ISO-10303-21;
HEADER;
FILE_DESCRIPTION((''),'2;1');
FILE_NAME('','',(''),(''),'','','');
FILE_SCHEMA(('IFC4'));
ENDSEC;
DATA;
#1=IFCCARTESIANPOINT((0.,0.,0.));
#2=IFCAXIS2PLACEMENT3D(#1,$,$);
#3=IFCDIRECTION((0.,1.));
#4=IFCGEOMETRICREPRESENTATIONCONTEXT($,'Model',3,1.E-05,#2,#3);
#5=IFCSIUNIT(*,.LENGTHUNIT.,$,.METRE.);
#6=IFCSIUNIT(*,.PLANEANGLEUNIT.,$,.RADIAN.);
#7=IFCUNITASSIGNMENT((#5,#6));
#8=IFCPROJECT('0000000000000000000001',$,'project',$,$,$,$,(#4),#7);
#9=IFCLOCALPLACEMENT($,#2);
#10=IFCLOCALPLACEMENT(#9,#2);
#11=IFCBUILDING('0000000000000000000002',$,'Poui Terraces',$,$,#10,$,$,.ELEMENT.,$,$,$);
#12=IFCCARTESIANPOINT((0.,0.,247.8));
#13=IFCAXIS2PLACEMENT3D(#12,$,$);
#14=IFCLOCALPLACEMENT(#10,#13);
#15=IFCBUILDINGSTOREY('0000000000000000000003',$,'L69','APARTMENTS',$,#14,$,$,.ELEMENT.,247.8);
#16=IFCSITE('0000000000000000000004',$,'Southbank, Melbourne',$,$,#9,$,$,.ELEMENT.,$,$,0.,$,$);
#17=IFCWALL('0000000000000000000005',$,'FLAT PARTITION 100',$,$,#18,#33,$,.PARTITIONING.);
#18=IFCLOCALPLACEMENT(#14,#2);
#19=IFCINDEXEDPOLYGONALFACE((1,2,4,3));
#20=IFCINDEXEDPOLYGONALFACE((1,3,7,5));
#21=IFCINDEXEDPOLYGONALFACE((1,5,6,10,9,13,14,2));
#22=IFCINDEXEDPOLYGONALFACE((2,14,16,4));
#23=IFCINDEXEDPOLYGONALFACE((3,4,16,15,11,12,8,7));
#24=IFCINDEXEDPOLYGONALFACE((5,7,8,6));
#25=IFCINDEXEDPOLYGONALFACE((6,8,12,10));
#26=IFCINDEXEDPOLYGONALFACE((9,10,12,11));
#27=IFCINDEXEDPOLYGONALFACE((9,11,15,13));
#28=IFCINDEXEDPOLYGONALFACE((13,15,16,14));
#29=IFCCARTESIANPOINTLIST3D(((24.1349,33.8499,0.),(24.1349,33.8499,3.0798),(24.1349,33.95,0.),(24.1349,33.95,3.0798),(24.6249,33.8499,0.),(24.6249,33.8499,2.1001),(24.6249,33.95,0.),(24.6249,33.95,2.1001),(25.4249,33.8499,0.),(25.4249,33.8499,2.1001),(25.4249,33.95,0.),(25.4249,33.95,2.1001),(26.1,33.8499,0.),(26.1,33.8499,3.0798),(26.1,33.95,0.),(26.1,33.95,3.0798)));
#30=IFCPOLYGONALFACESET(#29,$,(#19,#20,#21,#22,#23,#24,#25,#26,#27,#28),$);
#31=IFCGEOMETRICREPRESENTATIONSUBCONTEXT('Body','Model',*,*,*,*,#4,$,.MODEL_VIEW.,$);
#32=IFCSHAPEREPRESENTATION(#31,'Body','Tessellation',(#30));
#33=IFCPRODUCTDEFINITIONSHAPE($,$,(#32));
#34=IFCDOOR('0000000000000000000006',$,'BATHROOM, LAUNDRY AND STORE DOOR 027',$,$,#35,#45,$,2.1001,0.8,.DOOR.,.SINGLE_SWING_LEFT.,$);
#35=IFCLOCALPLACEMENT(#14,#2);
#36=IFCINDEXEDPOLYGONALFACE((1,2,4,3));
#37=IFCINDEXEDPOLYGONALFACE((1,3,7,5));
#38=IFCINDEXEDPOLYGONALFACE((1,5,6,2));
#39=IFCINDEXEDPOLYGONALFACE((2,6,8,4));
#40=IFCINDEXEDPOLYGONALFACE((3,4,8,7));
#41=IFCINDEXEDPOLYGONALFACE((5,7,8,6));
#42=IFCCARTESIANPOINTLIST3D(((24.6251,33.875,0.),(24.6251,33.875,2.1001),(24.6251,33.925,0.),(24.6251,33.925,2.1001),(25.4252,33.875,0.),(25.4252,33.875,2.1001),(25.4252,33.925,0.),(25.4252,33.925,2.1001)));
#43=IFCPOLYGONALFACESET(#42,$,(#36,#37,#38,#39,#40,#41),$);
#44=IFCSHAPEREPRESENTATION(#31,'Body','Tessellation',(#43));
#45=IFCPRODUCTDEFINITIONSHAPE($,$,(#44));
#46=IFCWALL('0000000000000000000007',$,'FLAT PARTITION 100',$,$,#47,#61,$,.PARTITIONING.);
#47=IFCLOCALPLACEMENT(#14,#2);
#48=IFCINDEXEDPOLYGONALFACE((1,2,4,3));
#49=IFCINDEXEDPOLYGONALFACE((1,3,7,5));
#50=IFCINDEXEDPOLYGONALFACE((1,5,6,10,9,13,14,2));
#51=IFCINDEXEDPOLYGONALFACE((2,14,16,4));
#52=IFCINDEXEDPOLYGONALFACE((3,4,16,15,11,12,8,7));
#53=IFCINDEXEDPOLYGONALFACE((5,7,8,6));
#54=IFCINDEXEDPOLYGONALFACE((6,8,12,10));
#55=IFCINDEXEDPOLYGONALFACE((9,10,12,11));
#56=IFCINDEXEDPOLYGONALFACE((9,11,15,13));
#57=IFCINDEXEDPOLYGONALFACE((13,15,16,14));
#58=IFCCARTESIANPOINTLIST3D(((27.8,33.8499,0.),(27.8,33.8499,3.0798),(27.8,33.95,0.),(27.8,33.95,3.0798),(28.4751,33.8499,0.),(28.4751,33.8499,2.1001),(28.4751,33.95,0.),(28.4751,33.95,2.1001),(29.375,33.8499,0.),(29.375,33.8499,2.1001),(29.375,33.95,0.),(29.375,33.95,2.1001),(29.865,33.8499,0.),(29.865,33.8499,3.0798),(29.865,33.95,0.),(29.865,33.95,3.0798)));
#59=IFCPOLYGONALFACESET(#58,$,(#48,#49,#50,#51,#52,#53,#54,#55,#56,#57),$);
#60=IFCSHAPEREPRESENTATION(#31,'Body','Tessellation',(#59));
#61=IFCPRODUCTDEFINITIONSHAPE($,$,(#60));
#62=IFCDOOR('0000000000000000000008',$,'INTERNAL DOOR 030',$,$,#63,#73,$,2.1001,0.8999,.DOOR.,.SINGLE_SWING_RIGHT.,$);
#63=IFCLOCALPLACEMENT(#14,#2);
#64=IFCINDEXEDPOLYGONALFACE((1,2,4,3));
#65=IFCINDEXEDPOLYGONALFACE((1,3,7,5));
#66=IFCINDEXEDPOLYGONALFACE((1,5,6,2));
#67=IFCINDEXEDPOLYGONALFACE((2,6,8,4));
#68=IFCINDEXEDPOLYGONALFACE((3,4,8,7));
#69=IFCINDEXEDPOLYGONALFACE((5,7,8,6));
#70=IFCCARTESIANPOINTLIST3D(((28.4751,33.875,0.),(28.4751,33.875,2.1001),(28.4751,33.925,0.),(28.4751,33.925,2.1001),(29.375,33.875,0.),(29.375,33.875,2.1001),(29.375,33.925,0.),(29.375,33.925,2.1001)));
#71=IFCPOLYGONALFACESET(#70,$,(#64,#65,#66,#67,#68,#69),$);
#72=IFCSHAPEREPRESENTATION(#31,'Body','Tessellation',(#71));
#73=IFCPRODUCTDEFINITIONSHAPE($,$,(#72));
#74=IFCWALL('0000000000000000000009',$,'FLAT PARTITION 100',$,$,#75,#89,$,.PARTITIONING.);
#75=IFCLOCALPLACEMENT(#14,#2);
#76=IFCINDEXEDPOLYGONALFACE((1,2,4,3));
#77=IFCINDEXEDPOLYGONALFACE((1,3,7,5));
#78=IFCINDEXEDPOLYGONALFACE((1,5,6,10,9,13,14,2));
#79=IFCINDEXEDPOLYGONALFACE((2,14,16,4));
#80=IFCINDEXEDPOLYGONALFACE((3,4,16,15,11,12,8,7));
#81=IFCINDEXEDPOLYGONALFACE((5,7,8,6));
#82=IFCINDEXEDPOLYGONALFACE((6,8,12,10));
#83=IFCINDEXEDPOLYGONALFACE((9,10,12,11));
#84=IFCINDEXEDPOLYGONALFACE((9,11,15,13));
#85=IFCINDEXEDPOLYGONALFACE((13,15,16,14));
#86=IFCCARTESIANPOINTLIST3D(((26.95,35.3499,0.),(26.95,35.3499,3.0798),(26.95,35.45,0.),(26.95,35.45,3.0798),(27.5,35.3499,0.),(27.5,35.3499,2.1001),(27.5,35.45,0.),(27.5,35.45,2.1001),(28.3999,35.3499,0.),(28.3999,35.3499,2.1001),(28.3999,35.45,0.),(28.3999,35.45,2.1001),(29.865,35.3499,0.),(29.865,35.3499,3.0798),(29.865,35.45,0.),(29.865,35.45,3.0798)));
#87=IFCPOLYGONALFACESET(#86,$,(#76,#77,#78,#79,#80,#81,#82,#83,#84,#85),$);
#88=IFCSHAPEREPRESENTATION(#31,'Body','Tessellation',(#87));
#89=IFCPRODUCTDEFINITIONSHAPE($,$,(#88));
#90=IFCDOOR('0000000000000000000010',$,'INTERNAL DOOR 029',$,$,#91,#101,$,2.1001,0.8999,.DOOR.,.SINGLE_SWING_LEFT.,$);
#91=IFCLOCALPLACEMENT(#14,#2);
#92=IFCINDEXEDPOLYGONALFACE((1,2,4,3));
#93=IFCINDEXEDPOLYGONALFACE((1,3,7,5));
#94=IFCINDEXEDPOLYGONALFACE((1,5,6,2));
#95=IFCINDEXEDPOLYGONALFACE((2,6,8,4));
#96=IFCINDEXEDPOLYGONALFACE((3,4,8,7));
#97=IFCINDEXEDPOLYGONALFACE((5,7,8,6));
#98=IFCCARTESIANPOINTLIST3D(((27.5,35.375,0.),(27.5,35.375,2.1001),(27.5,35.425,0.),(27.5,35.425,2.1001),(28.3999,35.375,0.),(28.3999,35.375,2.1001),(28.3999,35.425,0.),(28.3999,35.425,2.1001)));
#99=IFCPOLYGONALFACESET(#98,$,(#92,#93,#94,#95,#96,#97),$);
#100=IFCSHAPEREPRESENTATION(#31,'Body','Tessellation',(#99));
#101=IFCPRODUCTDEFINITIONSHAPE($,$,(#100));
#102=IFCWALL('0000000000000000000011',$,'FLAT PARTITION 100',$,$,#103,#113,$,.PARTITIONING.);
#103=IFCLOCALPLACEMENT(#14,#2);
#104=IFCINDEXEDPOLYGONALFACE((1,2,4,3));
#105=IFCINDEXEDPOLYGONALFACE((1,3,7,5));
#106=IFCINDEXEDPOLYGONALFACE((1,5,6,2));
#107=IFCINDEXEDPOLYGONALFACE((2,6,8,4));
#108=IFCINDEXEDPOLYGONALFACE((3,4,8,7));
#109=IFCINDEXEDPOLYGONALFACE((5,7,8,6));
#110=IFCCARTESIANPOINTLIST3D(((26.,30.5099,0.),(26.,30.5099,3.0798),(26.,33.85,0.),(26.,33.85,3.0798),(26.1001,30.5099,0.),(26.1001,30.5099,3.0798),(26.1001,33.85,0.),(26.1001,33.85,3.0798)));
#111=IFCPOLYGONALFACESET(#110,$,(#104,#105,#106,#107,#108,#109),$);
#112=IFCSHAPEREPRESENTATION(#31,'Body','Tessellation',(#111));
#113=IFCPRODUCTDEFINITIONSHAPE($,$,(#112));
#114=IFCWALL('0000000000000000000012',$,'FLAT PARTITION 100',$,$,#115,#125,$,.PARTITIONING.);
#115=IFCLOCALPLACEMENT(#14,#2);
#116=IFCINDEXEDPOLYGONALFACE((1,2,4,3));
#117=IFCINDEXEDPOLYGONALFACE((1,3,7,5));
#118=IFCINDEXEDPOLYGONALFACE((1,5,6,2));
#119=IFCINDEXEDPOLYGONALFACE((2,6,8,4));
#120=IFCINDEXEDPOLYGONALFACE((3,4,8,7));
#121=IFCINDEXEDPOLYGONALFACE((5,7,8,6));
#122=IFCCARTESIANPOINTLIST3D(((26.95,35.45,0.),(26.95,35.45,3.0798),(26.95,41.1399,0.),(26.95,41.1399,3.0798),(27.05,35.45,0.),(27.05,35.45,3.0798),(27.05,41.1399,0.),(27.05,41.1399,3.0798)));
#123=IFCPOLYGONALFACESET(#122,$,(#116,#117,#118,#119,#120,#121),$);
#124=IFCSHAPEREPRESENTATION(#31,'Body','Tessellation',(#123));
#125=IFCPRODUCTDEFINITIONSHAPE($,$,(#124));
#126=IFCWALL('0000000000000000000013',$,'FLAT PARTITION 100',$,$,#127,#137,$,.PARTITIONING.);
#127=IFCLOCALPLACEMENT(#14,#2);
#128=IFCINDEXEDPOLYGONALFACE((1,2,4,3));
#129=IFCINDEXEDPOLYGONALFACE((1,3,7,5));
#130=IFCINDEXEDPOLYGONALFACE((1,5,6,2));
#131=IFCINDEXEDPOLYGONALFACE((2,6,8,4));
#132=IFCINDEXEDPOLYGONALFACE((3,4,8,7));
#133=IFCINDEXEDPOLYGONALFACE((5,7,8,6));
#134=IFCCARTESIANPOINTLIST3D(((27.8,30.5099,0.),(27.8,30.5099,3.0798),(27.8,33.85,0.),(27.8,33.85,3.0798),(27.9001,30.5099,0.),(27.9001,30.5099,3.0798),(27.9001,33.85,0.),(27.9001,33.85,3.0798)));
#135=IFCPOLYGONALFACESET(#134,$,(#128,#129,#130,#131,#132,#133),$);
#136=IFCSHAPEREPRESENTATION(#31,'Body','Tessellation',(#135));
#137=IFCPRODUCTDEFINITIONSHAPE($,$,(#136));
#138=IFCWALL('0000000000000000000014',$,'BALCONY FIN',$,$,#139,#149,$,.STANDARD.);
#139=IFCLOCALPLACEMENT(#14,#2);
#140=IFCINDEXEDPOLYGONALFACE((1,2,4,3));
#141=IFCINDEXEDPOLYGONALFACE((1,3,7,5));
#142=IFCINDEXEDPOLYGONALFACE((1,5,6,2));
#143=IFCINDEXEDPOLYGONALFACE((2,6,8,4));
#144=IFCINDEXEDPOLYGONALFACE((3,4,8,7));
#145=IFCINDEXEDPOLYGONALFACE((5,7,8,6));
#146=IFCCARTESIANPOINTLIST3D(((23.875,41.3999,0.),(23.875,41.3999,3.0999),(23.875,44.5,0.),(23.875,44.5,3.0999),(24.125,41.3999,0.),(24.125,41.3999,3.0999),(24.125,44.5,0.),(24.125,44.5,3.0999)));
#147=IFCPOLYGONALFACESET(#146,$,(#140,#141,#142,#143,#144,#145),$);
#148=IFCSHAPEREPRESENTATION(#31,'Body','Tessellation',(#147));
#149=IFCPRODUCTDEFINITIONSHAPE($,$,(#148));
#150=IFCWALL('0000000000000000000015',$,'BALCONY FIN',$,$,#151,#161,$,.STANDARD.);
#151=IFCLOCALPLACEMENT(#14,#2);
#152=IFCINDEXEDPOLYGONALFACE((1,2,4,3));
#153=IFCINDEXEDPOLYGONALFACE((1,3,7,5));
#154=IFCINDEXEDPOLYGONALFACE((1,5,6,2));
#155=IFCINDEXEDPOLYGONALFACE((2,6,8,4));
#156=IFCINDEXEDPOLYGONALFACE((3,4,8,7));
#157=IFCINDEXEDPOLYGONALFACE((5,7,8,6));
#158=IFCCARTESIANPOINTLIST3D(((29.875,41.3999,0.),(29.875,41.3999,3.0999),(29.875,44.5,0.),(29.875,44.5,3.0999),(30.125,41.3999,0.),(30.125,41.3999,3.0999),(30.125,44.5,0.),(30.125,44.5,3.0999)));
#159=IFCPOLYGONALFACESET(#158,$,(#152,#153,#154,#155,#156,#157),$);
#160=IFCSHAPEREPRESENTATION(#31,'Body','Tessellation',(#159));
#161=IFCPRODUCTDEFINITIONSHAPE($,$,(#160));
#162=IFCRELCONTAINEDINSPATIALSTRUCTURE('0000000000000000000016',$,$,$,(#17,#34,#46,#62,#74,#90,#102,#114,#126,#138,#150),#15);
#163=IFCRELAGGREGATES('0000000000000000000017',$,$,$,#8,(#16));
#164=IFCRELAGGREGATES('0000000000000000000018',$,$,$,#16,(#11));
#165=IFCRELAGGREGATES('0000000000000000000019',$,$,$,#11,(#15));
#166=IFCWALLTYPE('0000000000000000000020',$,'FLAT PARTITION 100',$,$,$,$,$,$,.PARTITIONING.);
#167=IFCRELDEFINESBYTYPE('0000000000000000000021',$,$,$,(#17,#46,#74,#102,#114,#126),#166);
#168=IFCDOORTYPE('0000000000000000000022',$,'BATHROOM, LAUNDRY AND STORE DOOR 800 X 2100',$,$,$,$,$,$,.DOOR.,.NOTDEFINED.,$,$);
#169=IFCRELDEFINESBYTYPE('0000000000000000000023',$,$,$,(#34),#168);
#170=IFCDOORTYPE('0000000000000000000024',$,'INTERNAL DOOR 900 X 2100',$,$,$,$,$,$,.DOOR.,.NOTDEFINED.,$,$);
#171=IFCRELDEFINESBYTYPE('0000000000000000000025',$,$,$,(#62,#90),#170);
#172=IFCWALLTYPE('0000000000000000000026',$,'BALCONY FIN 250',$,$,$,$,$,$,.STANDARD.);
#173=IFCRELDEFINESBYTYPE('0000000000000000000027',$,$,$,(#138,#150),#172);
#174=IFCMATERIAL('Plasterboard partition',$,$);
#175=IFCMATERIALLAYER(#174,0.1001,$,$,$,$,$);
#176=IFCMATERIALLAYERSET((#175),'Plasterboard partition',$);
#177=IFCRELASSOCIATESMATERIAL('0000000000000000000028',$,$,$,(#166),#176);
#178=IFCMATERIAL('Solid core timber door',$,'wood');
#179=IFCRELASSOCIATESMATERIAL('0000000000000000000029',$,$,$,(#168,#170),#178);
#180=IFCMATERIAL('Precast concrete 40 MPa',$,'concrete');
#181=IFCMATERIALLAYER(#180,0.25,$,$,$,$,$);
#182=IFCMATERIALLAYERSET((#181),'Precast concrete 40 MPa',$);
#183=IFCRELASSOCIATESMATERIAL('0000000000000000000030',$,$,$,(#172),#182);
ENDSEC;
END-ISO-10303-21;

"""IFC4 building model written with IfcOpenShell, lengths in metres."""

from ifc_helpers import new_model, si_unit, direction, frame, frame_2d, origin, place, context, subcontext, project, spatial, polyline, rectangle, outline, extrude, source, transform, mapped, material, layer, layer_set, type_object, element, fill, save


model = new_model("IFC4")

# Units and contexts
model_context = context("Model", 3, precision=1e-05, world=origin(), true_north=direction((0.0, 1.0)))
body_context = subcontext(model_context, "Body", "Model", "MODEL_VIEW")
ifc_project = project(units=[si_unit("LENGTHUNIT", "METRE"), si_unit("PLANEANGLEUNIT", "RADIAN")], contexts=[model_context])

# Site, building, storey
site_placement = place(None, origin())
site = spatial("IfcSite", under=ifc_project, at=site_placement, Name="Southbank, Melbourne", CompositionType="ELEMENT", RefElevation=0.0)
building_placement = place(site_placement, origin())
building = spatial("IfcBuilding", under=site, at=building_placement, Name="Poui Terraces", CompositionType="ELEMENT")
storey_placement = place(building_placement, frame((0.0, 0.0, 247.8)))
storey = spatial("IfcBuildingStorey", under=building, at=storey_placement, Name="L69", Description="APARTMENTS", CompositionType="ELEMENT", Elevation=247.8)

# Walls, openings, doors
ifc_material_1 = material(Name="Plasterboard partition")
ifc_layer_1 = layer(ifc_material_1, 0.1001)
ifc_layer_set_1 = layer_set([ifc_layer_1], Name="Plasterboard partition")
wall_type_1 = type_object("IfcWallType", Name="FLAT PARTITION 100", PredefinedType="PARTITIONING", material=ifc_layer_set_1)
wall_1_placement = place(storey_placement, frame((24.135, 33.8999, 0.0), z_axis=(0.0, 0.0, 1.0), x_axis=(1.0, 0.0, 0.0)))
wall_1 = element("IfcWall", 1, at=wall_1_placement, inside=storey, type_object=wall_type_1, Name="FLAT PARTITION 100", PredefinedType="PARTITIONING", context=body_context, shape_type="SweptSolid", body=[
    extrude(rectangle(XDim=1.9651, YDim=0.1001, at=frame_2d((0.9824, 0.0))), origin(), (0.0, 0.0, 1.0), 3.0798),
])
opening_1_placement = place(wall_1_placement, frame((0.49, 0.0, 0.0)))
opening_1 = element("IfcOpeningElement", 2, at=opening_1_placement, cuts=wall_1, PredefinedType="OPENING", context=body_context, shape_type="SweptSolid", body=[
    extrude(rectangle(XDim=0.8, YDim=2.1001, at=frame_2d((0.3999, 1.05))), frame((0.0, 0.0601, 0.0), z_axis=(0.0, -1.0, 0.0), x_axis=(1.0, 0.0, 0.0)), (0.0, 0.0, 1.0), 0.1201),
])
ifc_material_2 = material(Name="Solid core timber door", Category="wood")
door_type_1 = type_object("IfcDoorType", Name="BATHROOM, LAUNDRY AND STORE DOOR 800 X 2100", OperationType="NOTDEFINED", PredefinedType="DOOR", material=ifc_material_2)
door_1_placement = place(opening_1_placement, frame((0.8, 0.0, 0.0), z_axis=(0.0, 0.0, 1.0), x_axis=(-1.0, 0.0, 0.0)))
door_1 = element("IfcDoor", 3, at=door_1_placement, inside=storey, type_object=door_type_1, Name="BATHROOM, LAUNDRY AND STORE DOOR 027", OperationType="SINGLE_SWING_LEFT", OverallHeight=2.1001, OverallWidth=0.8, PredefinedType="DOOR", context=body_context, shape_type="SweptSolid", body=[
    extrude(rectangle(XDim=0.8, YDim=2.1001, at=frame_2d((0.3999, 1.05))), frame((0.0, 0.0249, 0.0), z_axis=(0.0, -1.0, 0.0), x_axis=(1.0, 0.0, 0.0)), (0.0, 0.0, 1.0), 0.05),
])
fill(opening_1, door_1)
wall_2_placement = place(storey_placement, frame((27.8, 33.8999, 0.0), z_axis=(0.0, 0.0, 1.0), x_axis=(1.0, 0.0, 0.0)))
wall_2 = element("IfcWall", 4, at=wall_2_placement, inside=storey, type_object=wall_type_1, Name="FLAT PARTITION 100", PredefinedType="PARTITIONING", context=body_context, shape_type="SweptSolid", body=[
    extrude(rectangle(XDim=2.0649, YDim=0.1001, at=frame_2d((1.0325, 0.0))), origin(), (0.0, 0.0, 1.0), 3.0798),
])
opening_2_placement = place(wall_2_placement, frame((0.675, 0.0, 0.0)))
opening_2 = element("IfcOpeningElement", 5, at=opening_2_placement, cuts=wall_2, PredefinedType="OPENING", context=body_context, shape_type="SweptSolid", body=[
    extrude(rectangle(XDim=0.8999, YDim=2.1001, at=frame_2d((0.45, 1.05))), frame((0.0, 0.0601, 0.0), z_axis=(0.0, -1.0, 0.0), x_axis=(1.0, 0.0, 0.0)), (0.0, 0.0, 1.0), 0.1201),
])
door_type_2 = type_object("IfcDoorType", Name="INTERNAL DOOR 900 X 2100", OperationType="NOTDEFINED", PredefinedType="DOOR", material=ifc_material_2)
door_2_placement = place(opening_2_placement, frame((0.8999, 0.0, 0.0), z_axis=(0.0, 0.0, 1.0), x_axis=(-1.0, 0.0, 0.0)))
door_2 = element("IfcDoor", 6, at=door_2_placement, inside=storey, type_object=door_type_2, Name="INTERNAL DOOR 030", OperationType="SINGLE_SWING_RIGHT", OverallHeight=2.1001, OverallWidth=0.8999, PredefinedType="DOOR", context=body_context, shape_type="SweptSolid", body=[
    extrude(rectangle(XDim=0.8999, YDim=2.1001, at=frame_2d((0.45, 1.05))), frame((0.0, 0.0249, 0.0), z_axis=(0.0, -1.0, 0.0), x_axis=(1.0, 0.0, 0.0)), (0.0, 0.0, 1.0), 0.05),
])
fill(opening_2, door_2)
wall_3_placement = place(storey_placement, frame((26.95, 35.3999, 0.0), z_axis=(0.0, 0.0, 1.0), x_axis=(1.0, 0.0, 0.0)))
wall_3 = element("IfcWall", 7, at=wall_3_placement, inside=storey, type_object=wall_type_1, Name="FLAT PARTITION 100", PredefinedType="PARTITIONING", context=body_context, shape_type="SweptSolid", body=[
    extrude(rectangle(XDim=2.915, YDim=0.1001, at=frame_2d((1.4575, 0.0))), origin(), (0.0, 0.0, 1.0), 3.0798),
])
opening_3_placement = place(wall_3_placement, frame((0.55, 0.0, 0.0)))
opening_3 = element("IfcOpeningElement", 8, at=opening_3_placement, cuts=wall_3, PredefinedType="OPENING", context=body_context, shape_type="SweptSolid", body=[
    extrude(rectangle(XDim=0.8999, YDim=2.1001, at=frame_2d((0.45, 1.05))), frame((0.0, 0.0601, 0.0), z_axis=(0.0, -1.0, 0.0), x_axis=(1.0, 0.0, 0.0)), (0.0, 0.0, 1.0), 0.1201),
])
door_3_placement = place(opening_3_placement, frame((0.8999, 0.0, 0.0), z_axis=(0.0, 0.0, 1.0), x_axis=(-1.0, 0.0, 0.0)))
door_3 = element("IfcDoor", 9, at=door_3_placement, inside=storey, type_object=door_type_2, Name="INTERNAL DOOR 029", OperationType="SINGLE_SWING_LEFT", OverallHeight=2.1001, OverallWidth=0.8999, PredefinedType="DOOR", context=body_context, shape_type="SweptSolid", body=[
    extrude(rectangle(XDim=0.8999, YDim=2.1001, at=frame_2d((0.45, 1.05))), frame((0.0, 0.0249, 0.0), z_axis=(0.0, -1.0, 0.0), x_axis=(1.0, 0.0, 0.0)), (0.0, 0.0, 1.0), 0.05),
])
fill(opening_3, door_3)

# Walls
wall_4_placement = place(storey_placement, frame((26.05, 30.51, 0.0), z_axis=(0.0, 0.0, 1.0), x_axis=(0.0, 1.0, 0.0)))
element("IfcWall", 10, at=wall_4_placement, inside=storey, type_object=wall_type_1, Name="FLAT PARTITION 100", PredefinedType="PARTITIONING", context=body_context, shape_type="SweptSolid", body=[
    extrude(rectangle(XDim=3.3401, YDim=0.1001, at=frame_2d((1.6699, 0.0))), origin(), (0.0, 0.0, 1.0), 3.0798),
])
wall_5_placement = place(storey_placement, frame((27.0, 35.45, 0.0), z_axis=(0.0, 0.0, 1.0), x_axis=(0.0, 1.0, 0.0)))
element("IfcWall", 11, at=wall_5_placement, inside=storey, type_object=wall_type_1, Name="FLAT PARTITION 100", PredefinedType="PARTITIONING", context=body_context, shape_type="SweptSolid", body=[
    extrude(rectangle(XDim=5.6899, YDim=0.1001, at=frame_2d((2.845, 0.0))), origin(), (0.0, 0.0, 1.0), 3.0798),
])
wall_6_placement = place(storey_placement, frame((27.8501, 30.51, 0.0), z_axis=(0.0, 0.0, 1.0), x_axis=(0.0, 1.0, 0.0)))
element("IfcWall", 12, at=wall_6_placement, inside=storey, type_object=wall_type_1, Name="FLAT PARTITION 100", PredefinedType="PARTITIONING", context=body_context, shape_type="SweptSolid", body=[
    extrude(rectangle(XDim=3.3401, YDim=0.1001, at=frame_2d((1.6699, 0.0))), origin(), (0.0, 0.0, 1.0), 3.0798),
])
ifc_material_3 = material(Name="Precast concrete 40 MPa", Category="concrete")
ifc_layer_2 = layer(ifc_material_3, 0.25)
ifc_layer_set_2 = layer_set([ifc_layer_2], Name="Precast concrete 40 MPa")
wall_type_2 = type_object("IfcWallType", Name="BALCONY FIN 250", PredefinedType="STANDARD", material=ifc_layer_set_2)
shared_shape_1 = source(origin(), body_context, "Body", "SweptSolid", [
    extrude(outline(polyline([(0.0, 0.0), (0.25, 0.0), (0.25, 3.1001), (0.0, 3.1001), (0.0, 0.0)])), origin(), (0.0, 0.0, 1.0), 3.0999),
])
for number, where, name in (
    (13, (23.875, 41.3999, 0.0), "BALCONY FIN"),
    (14, (29.875, 41.3999, 0.0), "BALCONY FIN"),
):
    element("IfcWall", number, at=place(storey_placement, frame(where)), inside=storey, type_object=wall_type_2, Name=name, PredefinedType="STANDARD", context=body_context, shape_type="MappedRepresentation", body=[
        mapped(shared_shape_1, transform((0.0, 0.0, 0.0))),
    ])

save(model, "model.ifc")
